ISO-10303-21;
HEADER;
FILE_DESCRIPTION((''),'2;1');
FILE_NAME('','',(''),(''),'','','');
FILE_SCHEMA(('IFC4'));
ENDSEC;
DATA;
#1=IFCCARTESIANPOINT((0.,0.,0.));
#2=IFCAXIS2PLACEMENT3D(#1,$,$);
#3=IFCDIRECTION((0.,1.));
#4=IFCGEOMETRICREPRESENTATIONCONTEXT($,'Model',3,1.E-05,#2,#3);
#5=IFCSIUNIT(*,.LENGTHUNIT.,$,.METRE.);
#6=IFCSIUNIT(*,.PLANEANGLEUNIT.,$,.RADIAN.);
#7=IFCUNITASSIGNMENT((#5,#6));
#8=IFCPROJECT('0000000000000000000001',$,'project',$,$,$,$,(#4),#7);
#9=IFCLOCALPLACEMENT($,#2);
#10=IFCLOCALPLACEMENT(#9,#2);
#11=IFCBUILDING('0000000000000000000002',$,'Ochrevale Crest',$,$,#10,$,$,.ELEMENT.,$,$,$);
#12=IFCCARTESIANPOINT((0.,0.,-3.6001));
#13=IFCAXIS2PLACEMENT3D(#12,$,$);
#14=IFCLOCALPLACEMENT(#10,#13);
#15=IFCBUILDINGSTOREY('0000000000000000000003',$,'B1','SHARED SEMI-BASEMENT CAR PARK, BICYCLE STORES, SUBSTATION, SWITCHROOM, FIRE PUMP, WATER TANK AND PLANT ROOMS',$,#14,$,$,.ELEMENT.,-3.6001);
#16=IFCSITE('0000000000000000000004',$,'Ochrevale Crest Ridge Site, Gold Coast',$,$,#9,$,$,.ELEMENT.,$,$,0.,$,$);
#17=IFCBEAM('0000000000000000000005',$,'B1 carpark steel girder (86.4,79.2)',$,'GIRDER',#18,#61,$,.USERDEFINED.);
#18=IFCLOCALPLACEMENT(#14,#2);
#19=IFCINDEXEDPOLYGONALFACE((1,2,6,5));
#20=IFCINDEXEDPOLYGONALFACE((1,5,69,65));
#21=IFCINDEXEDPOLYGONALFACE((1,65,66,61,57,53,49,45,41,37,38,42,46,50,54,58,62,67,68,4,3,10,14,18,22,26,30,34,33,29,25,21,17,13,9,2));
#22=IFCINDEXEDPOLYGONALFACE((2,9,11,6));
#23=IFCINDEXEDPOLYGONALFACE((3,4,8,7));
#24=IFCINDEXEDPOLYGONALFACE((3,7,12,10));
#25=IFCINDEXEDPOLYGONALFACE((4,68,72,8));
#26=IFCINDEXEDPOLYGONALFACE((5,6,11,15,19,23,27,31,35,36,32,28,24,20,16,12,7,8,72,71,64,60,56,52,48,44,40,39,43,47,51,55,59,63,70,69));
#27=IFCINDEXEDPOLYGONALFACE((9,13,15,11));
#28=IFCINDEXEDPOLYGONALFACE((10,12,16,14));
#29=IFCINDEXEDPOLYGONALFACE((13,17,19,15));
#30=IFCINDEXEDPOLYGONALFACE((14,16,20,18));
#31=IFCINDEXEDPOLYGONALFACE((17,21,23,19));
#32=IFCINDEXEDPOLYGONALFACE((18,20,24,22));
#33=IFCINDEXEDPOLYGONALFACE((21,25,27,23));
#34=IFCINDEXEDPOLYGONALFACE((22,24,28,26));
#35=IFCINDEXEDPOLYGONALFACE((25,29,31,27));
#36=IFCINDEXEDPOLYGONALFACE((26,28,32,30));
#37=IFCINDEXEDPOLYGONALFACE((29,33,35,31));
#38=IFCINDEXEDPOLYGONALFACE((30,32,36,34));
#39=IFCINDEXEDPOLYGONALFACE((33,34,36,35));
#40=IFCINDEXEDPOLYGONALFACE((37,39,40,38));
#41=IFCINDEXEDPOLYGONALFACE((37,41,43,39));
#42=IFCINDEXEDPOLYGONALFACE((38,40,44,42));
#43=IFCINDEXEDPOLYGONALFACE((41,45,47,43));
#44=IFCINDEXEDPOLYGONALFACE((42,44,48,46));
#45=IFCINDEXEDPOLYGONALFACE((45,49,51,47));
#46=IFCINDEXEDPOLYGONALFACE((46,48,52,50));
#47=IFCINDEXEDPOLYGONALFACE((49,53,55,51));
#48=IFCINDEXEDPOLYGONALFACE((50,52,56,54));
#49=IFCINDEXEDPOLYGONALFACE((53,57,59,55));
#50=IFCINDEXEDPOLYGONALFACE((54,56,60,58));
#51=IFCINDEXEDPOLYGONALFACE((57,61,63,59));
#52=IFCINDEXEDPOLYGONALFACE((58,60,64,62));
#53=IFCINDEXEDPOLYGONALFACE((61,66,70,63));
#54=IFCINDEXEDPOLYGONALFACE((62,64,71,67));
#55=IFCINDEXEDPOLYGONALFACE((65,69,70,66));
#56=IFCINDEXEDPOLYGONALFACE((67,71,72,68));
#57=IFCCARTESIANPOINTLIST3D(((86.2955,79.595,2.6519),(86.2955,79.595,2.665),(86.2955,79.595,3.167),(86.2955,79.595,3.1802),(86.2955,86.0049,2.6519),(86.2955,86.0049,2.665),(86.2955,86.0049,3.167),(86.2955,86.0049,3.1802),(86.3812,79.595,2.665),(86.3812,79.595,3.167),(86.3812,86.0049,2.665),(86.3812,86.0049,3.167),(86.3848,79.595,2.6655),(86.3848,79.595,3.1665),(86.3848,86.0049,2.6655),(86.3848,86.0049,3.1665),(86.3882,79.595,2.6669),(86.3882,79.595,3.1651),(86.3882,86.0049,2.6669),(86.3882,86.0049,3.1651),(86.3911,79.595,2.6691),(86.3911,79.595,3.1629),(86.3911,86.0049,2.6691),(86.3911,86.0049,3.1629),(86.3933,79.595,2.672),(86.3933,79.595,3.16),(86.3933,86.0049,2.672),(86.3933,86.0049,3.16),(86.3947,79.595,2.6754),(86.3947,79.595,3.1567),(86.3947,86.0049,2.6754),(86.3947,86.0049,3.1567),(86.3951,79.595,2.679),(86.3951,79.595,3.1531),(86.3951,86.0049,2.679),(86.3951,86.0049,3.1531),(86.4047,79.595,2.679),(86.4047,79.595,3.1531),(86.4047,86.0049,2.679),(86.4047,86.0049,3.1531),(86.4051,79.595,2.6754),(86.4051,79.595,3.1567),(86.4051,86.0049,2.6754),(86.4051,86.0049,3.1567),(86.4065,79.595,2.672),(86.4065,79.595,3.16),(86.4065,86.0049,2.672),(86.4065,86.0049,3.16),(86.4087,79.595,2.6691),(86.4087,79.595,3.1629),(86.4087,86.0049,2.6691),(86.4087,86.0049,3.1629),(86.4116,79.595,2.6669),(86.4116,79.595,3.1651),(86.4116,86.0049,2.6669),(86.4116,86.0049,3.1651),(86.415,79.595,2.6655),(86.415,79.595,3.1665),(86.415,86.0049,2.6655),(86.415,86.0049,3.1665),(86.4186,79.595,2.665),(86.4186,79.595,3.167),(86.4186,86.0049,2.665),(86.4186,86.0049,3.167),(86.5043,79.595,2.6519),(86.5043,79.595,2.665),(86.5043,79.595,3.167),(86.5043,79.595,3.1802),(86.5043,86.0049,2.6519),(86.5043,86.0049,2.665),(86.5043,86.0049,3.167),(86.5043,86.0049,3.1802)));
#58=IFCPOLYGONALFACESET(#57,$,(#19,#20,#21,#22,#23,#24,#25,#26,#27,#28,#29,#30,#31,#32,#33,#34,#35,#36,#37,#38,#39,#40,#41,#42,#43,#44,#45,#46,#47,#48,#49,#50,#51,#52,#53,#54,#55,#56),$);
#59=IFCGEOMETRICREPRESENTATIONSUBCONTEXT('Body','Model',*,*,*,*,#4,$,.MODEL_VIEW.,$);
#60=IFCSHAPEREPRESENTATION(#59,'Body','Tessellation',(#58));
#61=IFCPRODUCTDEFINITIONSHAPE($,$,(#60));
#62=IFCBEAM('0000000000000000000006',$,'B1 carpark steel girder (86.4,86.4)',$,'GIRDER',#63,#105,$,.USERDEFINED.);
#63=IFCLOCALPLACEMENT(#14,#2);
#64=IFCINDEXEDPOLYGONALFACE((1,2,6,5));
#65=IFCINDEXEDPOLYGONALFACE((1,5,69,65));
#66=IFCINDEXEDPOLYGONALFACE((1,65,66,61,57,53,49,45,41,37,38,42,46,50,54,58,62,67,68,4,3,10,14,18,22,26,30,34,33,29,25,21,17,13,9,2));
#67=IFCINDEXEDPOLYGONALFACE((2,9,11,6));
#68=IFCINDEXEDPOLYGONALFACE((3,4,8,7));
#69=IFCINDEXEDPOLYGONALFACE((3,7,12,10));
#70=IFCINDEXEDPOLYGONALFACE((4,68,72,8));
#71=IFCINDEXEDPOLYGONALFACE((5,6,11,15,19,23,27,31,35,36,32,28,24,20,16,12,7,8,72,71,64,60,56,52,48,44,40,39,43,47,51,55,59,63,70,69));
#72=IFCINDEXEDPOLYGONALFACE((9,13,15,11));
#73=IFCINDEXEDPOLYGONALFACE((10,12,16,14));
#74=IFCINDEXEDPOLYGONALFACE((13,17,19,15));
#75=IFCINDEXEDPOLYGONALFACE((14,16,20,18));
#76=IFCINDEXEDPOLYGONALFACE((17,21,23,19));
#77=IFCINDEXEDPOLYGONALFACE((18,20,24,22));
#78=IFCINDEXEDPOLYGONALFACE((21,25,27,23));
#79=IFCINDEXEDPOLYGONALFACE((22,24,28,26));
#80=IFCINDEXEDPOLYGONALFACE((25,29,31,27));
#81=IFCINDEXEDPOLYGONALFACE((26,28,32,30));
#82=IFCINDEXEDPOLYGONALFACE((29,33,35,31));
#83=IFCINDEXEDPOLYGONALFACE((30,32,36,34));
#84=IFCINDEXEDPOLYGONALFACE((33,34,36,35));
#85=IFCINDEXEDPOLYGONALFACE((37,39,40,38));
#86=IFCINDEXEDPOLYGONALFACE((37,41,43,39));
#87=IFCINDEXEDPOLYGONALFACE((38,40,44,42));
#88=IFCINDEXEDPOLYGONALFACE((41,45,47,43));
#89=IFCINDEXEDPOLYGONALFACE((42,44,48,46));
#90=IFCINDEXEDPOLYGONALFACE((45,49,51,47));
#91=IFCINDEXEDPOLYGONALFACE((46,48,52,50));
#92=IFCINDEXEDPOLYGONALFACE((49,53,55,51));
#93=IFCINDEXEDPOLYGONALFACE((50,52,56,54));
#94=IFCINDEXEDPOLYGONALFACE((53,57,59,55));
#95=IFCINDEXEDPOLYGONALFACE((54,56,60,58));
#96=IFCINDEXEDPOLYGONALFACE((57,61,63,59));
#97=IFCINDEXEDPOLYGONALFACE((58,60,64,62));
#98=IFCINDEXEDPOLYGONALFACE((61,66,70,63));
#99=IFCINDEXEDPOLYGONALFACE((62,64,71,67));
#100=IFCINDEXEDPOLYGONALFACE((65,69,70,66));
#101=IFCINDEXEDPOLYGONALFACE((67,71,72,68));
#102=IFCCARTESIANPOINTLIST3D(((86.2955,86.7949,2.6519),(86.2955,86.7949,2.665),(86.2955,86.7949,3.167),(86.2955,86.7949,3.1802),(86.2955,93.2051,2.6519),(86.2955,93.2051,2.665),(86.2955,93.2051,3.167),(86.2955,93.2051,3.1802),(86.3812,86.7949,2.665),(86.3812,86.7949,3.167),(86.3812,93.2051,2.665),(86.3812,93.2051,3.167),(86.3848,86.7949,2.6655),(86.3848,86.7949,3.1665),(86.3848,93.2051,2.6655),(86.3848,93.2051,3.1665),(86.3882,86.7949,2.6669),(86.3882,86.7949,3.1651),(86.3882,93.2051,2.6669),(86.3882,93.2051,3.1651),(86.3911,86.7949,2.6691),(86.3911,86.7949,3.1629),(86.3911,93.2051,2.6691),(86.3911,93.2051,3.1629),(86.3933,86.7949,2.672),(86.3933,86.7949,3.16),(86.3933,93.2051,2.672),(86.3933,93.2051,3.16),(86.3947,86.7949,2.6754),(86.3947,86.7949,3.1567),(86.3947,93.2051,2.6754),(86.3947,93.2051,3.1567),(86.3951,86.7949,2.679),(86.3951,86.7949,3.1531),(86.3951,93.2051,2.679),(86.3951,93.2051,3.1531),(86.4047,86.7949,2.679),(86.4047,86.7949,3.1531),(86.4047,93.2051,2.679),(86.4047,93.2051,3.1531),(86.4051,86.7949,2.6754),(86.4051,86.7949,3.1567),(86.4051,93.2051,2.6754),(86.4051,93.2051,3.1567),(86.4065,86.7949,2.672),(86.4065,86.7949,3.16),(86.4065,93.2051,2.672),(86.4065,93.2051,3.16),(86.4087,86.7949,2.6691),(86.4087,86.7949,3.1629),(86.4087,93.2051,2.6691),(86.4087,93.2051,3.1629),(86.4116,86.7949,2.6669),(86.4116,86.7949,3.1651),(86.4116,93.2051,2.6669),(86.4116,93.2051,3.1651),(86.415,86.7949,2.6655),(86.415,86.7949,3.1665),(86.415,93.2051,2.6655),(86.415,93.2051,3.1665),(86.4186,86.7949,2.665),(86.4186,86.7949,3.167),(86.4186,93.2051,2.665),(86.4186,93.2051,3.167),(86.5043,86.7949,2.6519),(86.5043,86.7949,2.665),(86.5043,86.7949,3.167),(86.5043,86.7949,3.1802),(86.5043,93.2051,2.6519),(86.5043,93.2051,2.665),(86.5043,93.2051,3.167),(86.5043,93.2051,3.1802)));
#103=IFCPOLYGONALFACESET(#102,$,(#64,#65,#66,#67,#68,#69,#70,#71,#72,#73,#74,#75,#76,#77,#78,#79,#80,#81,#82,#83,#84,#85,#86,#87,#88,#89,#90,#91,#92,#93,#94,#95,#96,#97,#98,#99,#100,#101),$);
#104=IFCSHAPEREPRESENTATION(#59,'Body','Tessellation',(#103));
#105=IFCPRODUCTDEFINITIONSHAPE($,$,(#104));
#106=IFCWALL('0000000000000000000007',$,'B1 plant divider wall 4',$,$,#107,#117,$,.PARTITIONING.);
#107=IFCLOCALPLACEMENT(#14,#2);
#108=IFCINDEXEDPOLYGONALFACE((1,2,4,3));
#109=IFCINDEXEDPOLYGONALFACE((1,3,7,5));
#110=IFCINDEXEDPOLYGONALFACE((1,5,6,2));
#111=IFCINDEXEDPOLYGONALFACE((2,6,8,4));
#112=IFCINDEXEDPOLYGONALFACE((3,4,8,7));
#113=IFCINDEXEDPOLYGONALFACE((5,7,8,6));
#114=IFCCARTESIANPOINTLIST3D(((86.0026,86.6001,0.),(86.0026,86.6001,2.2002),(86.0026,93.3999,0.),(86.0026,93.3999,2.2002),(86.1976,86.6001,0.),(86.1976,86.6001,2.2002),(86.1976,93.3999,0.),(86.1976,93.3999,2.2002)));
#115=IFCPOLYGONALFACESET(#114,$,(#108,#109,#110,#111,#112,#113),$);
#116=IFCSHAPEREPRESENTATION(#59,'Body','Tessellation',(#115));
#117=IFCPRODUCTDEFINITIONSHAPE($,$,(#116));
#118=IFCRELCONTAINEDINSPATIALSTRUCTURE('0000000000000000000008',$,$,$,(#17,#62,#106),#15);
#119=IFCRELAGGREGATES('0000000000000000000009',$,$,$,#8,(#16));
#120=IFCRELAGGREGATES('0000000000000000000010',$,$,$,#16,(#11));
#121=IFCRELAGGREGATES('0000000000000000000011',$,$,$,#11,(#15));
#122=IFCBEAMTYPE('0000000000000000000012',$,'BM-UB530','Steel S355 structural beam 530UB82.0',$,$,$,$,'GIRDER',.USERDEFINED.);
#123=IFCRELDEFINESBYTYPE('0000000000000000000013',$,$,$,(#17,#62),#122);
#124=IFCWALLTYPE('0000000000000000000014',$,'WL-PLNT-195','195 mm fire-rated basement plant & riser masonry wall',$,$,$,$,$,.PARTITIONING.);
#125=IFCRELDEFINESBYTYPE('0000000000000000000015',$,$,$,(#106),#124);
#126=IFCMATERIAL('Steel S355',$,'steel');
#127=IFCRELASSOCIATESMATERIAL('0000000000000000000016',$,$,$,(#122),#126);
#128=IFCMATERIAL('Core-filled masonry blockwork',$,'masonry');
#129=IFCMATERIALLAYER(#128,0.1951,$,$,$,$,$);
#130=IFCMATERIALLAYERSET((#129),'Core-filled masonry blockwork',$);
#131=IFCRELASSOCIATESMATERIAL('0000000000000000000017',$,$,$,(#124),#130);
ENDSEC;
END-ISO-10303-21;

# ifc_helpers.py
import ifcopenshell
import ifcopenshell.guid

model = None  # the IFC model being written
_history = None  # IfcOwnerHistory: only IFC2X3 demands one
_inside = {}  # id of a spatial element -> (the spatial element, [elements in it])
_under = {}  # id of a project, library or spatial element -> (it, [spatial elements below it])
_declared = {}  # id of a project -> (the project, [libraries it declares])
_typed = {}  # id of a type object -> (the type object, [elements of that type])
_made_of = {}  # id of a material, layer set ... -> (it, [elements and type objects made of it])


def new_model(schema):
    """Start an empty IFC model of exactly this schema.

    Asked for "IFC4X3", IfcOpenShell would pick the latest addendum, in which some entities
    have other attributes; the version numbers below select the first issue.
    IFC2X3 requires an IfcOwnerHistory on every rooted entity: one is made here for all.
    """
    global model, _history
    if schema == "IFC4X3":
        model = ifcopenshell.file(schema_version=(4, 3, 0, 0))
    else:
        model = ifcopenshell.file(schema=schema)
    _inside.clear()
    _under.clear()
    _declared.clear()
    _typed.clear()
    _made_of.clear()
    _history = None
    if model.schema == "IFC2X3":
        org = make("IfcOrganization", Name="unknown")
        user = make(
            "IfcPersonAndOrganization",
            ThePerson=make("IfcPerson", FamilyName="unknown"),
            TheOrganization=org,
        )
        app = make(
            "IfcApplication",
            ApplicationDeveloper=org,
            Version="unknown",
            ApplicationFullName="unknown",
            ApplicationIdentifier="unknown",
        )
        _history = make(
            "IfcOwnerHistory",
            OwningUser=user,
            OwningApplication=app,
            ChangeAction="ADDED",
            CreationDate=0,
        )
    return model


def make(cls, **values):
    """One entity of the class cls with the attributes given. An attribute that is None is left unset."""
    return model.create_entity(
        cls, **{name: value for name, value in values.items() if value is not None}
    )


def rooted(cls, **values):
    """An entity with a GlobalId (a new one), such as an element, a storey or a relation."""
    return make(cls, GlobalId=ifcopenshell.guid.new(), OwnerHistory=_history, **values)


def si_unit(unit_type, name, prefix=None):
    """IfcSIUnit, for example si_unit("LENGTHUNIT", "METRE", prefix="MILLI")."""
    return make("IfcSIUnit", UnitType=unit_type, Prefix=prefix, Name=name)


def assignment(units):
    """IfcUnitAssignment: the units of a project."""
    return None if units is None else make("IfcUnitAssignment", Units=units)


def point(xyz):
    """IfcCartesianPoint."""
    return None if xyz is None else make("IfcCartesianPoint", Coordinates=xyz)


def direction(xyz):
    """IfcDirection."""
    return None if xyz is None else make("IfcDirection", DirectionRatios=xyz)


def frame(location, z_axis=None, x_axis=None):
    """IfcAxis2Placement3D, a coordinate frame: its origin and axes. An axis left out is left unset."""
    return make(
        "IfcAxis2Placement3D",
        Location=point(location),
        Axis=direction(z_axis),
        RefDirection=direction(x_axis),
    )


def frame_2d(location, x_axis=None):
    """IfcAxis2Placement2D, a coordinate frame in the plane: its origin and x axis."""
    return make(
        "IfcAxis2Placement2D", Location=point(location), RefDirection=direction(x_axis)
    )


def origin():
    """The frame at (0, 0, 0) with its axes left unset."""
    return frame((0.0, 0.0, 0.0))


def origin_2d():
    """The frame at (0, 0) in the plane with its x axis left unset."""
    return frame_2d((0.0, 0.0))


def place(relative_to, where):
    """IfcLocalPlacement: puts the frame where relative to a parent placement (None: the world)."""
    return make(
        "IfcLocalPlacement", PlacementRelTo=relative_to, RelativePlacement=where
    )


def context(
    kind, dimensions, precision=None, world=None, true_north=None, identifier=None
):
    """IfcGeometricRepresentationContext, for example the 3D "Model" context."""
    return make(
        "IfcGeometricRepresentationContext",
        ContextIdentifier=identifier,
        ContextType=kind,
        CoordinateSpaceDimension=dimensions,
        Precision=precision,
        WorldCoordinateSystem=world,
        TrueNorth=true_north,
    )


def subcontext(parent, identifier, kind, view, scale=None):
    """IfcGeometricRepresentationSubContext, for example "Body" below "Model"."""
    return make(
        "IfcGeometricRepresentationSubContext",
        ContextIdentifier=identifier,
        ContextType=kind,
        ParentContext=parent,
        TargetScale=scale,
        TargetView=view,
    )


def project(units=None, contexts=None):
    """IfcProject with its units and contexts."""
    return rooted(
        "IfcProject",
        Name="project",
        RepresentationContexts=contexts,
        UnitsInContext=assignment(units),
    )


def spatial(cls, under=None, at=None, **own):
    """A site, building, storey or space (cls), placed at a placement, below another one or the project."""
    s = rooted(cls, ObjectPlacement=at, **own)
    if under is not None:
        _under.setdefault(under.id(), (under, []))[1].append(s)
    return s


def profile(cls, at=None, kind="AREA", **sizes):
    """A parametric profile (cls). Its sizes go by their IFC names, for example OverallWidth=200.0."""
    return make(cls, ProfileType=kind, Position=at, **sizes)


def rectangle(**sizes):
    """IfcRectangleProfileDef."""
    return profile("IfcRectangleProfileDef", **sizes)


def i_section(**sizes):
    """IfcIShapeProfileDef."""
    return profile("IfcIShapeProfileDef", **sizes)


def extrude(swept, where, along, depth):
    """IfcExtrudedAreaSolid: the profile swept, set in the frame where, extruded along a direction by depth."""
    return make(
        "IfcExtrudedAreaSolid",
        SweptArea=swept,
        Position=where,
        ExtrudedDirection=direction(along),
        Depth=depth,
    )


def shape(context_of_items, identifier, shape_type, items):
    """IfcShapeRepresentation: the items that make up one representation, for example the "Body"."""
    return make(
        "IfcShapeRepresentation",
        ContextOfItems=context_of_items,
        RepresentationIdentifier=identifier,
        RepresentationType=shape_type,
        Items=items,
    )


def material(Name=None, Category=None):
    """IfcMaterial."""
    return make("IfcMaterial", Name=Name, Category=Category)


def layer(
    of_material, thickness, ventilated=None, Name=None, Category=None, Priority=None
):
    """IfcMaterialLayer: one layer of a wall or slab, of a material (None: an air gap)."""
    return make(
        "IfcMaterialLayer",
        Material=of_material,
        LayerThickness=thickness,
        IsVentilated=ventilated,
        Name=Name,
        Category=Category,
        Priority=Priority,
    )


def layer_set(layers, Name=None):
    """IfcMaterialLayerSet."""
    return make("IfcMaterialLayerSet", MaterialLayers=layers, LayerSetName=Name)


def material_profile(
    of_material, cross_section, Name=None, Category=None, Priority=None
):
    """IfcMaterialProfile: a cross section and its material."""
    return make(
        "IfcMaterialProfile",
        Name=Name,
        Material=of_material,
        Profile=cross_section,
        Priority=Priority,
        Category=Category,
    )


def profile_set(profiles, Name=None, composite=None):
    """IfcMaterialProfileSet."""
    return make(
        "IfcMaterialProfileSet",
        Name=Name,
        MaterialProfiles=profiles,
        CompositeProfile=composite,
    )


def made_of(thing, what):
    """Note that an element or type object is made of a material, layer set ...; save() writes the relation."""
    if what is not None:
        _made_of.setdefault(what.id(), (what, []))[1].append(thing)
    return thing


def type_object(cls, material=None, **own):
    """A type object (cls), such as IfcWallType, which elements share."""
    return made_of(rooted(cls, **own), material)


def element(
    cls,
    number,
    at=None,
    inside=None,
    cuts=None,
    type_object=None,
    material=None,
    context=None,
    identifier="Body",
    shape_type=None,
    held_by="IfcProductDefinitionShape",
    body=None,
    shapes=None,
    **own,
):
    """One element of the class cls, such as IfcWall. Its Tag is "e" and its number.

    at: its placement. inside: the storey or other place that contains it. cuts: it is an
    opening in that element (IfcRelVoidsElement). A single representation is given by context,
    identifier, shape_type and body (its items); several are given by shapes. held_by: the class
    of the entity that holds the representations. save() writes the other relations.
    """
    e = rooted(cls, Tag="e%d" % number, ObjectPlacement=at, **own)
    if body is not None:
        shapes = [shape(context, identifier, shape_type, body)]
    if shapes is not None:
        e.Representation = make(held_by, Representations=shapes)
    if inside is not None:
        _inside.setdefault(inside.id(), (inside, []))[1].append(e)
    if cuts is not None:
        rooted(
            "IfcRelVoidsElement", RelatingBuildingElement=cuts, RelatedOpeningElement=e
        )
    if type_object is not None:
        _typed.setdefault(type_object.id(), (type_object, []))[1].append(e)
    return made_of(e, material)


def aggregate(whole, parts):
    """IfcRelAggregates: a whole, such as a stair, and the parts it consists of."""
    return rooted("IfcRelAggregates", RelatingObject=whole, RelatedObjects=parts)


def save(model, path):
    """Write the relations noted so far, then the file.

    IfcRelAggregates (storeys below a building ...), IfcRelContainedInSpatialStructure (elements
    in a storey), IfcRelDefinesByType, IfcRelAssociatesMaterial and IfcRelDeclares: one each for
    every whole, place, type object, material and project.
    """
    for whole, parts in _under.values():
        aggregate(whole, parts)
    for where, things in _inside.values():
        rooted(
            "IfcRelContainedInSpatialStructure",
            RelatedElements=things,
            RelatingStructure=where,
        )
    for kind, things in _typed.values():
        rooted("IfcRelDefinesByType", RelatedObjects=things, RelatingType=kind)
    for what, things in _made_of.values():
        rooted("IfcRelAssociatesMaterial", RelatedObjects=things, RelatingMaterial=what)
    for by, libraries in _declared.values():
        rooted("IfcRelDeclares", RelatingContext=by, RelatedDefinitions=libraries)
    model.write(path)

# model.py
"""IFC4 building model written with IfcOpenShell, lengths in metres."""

from ifc_helpers import new_model, si_unit, direction, frame, frame_2d, origin, origin_2d, place, context, subcontext, project, spatial, rectangle, i_section, extrude, material, layer, layer_set, material_profile, profile_set, type_object, element, save


model = new_model("IFC4")

# Units and contexts
model_context = context("Model", 3, precision=1e-05, world=origin(), true_north=direction((0.0, 1.0)))
body_context = subcontext(model_context, "Body", "Model", "MODEL_VIEW")
ifc_project = project(units=[si_unit("LENGTHUNIT", "METRE"), si_unit("PLANEANGLEUNIT", "RADIAN")], contexts=[model_context])

# Site, building, storey
site_placement = place(None, origin())
site = spatial("IfcSite", under=ifc_project, at=site_placement, Name="Ochrevale Crest Ridge Site, Gold Coast", CompositionType="ELEMENT", RefElevation=0.0)
building_placement = place(site_placement, origin())
building = spatial("IfcBuilding", under=site, at=building_placement, Name="Ochrevale Crest", CompositionType="ELEMENT")
storey_placement = place(building_placement, frame((0.0, 0.0, -3.6001)))
storey = spatial("IfcBuildingStorey", under=building, at=storey_placement, Name="B1", Description="SHARED SEMI-BASEMENT CAR PARK, BICYCLE STORES, SUBSTATION, SWITCHROOM, FIRE PUMP, WATER TANK AND PLANT ROOMS", CompositionType="ELEMENT", Elevation=-3.6001)

# Beams
ifc_material_1 = material(Name="Steel S355", Category="steel")
ifc_material_profile_1 = material_profile(ifc_material_1, i_section(OverallWidth=0.2087, OverallDepth=0.5283, WebThickness=0.0095, FlangeThickness=0.0132, FilletRadius=0.0139, at=origin_2d()), Name="530UB82.0")
ifc_profile_set_1 = profile_set([ifc_material_profile_1], Name="Steel S355")
beam_type_1 = type_object("IfcBeamType", Name="BM-UB530", Description="Steel S355 structural beam 530UB82.0", ElementType="GIRDER", PredefinedType="USERDEFINED", material=ifc_profile_set_1)
beam_1_placement = place(storey_placement, frame((86.3999, 79.595, 2.916), z_axis=(0.0, 1.0, 0.0), x_axis=(-1.0, 0.0, 0.0)))
element("IfcBeam", 1, at=beam_1_placement, inside=storey, type_object=beam_type_1, Name="B1 carpark steel girder (86.4,79.2)", ObjectType="GIRDER", PredefinedType="USERDEFINED", context=body_context, shape_type="SweptSolid", body=[
    extrude(i_section(OverallWidth=0.2087, OverallDepth=0.5283, WebThickness=0.0095, FlangeThickness=0.0132, FilletRadius=0.0139, at=origin_2d()), origin(), (0.0, 0.0, 1.0), 6.4099),
])
beam_2_placement = place(storey_placement, frame((86.3999, 86.7949, 2.916), z_axis=(0.0, 1.0, 0.0), x_axis=(-1.0, 0.0, 0.0)))
element("IfcBeam", 2, at=beam_2_placement, inside=storey, type_object=beam_type_1, Name="B1 carpark steel girder (86.4,86.4)", ObjectType="GIRDER", PredefinedType="USERDEFINED", context=body_context, shape_type="SweptSolid", body=[
    extrude(i_section(OverallWidth=0.2087, OverallDepth=0.5283, WebThickness=0.0095, FlangeThickness=0.0132, FilletRadius=0.0139, at=origin_2d()), origin(), (0.0, 0.0, 1.0), 6.4102),
])

# Shared definitions
ifc_material_2 = material(Name="Core-filled masonry blockwork", Category="masonry")
ifc_layer = layer(ifc_material_2, 0.1951)
ifc_layer_set = layer_set([ifc_layer], Name="Core-filled masonry blockwork")
wall_type = type_object("IfcWallType", Name="WL-PLNT-195", Description="195 mm fire-rated basement plant & riser masonry wall", PredefinedType="PARTITIONING", material=ifc_layer_set)

# Wall
wall_1_placement = place(storey_placement, frame((86.1001, 86.6001, 0.0), z_axis=(0.0, 0.0, 1.0), x_axis=(0.0, 1.0, 0.0)))
element("IfcWall", 3, at=wall_1_placement, inside=storey, type_object=wall_type, Name="B1 plant divider wall 4", PredefinedType="PARTITIONING", context=body_context, shape_type="SweptSolid", body=[
    extrude(rectangle(XDim=6.7998, YDim=0.1951, at=frame_2d((3.3999, 0.0))), origin(), (0.0, 0.0, 1.0), 2.2002),
])

save(model, "model.ifc")
